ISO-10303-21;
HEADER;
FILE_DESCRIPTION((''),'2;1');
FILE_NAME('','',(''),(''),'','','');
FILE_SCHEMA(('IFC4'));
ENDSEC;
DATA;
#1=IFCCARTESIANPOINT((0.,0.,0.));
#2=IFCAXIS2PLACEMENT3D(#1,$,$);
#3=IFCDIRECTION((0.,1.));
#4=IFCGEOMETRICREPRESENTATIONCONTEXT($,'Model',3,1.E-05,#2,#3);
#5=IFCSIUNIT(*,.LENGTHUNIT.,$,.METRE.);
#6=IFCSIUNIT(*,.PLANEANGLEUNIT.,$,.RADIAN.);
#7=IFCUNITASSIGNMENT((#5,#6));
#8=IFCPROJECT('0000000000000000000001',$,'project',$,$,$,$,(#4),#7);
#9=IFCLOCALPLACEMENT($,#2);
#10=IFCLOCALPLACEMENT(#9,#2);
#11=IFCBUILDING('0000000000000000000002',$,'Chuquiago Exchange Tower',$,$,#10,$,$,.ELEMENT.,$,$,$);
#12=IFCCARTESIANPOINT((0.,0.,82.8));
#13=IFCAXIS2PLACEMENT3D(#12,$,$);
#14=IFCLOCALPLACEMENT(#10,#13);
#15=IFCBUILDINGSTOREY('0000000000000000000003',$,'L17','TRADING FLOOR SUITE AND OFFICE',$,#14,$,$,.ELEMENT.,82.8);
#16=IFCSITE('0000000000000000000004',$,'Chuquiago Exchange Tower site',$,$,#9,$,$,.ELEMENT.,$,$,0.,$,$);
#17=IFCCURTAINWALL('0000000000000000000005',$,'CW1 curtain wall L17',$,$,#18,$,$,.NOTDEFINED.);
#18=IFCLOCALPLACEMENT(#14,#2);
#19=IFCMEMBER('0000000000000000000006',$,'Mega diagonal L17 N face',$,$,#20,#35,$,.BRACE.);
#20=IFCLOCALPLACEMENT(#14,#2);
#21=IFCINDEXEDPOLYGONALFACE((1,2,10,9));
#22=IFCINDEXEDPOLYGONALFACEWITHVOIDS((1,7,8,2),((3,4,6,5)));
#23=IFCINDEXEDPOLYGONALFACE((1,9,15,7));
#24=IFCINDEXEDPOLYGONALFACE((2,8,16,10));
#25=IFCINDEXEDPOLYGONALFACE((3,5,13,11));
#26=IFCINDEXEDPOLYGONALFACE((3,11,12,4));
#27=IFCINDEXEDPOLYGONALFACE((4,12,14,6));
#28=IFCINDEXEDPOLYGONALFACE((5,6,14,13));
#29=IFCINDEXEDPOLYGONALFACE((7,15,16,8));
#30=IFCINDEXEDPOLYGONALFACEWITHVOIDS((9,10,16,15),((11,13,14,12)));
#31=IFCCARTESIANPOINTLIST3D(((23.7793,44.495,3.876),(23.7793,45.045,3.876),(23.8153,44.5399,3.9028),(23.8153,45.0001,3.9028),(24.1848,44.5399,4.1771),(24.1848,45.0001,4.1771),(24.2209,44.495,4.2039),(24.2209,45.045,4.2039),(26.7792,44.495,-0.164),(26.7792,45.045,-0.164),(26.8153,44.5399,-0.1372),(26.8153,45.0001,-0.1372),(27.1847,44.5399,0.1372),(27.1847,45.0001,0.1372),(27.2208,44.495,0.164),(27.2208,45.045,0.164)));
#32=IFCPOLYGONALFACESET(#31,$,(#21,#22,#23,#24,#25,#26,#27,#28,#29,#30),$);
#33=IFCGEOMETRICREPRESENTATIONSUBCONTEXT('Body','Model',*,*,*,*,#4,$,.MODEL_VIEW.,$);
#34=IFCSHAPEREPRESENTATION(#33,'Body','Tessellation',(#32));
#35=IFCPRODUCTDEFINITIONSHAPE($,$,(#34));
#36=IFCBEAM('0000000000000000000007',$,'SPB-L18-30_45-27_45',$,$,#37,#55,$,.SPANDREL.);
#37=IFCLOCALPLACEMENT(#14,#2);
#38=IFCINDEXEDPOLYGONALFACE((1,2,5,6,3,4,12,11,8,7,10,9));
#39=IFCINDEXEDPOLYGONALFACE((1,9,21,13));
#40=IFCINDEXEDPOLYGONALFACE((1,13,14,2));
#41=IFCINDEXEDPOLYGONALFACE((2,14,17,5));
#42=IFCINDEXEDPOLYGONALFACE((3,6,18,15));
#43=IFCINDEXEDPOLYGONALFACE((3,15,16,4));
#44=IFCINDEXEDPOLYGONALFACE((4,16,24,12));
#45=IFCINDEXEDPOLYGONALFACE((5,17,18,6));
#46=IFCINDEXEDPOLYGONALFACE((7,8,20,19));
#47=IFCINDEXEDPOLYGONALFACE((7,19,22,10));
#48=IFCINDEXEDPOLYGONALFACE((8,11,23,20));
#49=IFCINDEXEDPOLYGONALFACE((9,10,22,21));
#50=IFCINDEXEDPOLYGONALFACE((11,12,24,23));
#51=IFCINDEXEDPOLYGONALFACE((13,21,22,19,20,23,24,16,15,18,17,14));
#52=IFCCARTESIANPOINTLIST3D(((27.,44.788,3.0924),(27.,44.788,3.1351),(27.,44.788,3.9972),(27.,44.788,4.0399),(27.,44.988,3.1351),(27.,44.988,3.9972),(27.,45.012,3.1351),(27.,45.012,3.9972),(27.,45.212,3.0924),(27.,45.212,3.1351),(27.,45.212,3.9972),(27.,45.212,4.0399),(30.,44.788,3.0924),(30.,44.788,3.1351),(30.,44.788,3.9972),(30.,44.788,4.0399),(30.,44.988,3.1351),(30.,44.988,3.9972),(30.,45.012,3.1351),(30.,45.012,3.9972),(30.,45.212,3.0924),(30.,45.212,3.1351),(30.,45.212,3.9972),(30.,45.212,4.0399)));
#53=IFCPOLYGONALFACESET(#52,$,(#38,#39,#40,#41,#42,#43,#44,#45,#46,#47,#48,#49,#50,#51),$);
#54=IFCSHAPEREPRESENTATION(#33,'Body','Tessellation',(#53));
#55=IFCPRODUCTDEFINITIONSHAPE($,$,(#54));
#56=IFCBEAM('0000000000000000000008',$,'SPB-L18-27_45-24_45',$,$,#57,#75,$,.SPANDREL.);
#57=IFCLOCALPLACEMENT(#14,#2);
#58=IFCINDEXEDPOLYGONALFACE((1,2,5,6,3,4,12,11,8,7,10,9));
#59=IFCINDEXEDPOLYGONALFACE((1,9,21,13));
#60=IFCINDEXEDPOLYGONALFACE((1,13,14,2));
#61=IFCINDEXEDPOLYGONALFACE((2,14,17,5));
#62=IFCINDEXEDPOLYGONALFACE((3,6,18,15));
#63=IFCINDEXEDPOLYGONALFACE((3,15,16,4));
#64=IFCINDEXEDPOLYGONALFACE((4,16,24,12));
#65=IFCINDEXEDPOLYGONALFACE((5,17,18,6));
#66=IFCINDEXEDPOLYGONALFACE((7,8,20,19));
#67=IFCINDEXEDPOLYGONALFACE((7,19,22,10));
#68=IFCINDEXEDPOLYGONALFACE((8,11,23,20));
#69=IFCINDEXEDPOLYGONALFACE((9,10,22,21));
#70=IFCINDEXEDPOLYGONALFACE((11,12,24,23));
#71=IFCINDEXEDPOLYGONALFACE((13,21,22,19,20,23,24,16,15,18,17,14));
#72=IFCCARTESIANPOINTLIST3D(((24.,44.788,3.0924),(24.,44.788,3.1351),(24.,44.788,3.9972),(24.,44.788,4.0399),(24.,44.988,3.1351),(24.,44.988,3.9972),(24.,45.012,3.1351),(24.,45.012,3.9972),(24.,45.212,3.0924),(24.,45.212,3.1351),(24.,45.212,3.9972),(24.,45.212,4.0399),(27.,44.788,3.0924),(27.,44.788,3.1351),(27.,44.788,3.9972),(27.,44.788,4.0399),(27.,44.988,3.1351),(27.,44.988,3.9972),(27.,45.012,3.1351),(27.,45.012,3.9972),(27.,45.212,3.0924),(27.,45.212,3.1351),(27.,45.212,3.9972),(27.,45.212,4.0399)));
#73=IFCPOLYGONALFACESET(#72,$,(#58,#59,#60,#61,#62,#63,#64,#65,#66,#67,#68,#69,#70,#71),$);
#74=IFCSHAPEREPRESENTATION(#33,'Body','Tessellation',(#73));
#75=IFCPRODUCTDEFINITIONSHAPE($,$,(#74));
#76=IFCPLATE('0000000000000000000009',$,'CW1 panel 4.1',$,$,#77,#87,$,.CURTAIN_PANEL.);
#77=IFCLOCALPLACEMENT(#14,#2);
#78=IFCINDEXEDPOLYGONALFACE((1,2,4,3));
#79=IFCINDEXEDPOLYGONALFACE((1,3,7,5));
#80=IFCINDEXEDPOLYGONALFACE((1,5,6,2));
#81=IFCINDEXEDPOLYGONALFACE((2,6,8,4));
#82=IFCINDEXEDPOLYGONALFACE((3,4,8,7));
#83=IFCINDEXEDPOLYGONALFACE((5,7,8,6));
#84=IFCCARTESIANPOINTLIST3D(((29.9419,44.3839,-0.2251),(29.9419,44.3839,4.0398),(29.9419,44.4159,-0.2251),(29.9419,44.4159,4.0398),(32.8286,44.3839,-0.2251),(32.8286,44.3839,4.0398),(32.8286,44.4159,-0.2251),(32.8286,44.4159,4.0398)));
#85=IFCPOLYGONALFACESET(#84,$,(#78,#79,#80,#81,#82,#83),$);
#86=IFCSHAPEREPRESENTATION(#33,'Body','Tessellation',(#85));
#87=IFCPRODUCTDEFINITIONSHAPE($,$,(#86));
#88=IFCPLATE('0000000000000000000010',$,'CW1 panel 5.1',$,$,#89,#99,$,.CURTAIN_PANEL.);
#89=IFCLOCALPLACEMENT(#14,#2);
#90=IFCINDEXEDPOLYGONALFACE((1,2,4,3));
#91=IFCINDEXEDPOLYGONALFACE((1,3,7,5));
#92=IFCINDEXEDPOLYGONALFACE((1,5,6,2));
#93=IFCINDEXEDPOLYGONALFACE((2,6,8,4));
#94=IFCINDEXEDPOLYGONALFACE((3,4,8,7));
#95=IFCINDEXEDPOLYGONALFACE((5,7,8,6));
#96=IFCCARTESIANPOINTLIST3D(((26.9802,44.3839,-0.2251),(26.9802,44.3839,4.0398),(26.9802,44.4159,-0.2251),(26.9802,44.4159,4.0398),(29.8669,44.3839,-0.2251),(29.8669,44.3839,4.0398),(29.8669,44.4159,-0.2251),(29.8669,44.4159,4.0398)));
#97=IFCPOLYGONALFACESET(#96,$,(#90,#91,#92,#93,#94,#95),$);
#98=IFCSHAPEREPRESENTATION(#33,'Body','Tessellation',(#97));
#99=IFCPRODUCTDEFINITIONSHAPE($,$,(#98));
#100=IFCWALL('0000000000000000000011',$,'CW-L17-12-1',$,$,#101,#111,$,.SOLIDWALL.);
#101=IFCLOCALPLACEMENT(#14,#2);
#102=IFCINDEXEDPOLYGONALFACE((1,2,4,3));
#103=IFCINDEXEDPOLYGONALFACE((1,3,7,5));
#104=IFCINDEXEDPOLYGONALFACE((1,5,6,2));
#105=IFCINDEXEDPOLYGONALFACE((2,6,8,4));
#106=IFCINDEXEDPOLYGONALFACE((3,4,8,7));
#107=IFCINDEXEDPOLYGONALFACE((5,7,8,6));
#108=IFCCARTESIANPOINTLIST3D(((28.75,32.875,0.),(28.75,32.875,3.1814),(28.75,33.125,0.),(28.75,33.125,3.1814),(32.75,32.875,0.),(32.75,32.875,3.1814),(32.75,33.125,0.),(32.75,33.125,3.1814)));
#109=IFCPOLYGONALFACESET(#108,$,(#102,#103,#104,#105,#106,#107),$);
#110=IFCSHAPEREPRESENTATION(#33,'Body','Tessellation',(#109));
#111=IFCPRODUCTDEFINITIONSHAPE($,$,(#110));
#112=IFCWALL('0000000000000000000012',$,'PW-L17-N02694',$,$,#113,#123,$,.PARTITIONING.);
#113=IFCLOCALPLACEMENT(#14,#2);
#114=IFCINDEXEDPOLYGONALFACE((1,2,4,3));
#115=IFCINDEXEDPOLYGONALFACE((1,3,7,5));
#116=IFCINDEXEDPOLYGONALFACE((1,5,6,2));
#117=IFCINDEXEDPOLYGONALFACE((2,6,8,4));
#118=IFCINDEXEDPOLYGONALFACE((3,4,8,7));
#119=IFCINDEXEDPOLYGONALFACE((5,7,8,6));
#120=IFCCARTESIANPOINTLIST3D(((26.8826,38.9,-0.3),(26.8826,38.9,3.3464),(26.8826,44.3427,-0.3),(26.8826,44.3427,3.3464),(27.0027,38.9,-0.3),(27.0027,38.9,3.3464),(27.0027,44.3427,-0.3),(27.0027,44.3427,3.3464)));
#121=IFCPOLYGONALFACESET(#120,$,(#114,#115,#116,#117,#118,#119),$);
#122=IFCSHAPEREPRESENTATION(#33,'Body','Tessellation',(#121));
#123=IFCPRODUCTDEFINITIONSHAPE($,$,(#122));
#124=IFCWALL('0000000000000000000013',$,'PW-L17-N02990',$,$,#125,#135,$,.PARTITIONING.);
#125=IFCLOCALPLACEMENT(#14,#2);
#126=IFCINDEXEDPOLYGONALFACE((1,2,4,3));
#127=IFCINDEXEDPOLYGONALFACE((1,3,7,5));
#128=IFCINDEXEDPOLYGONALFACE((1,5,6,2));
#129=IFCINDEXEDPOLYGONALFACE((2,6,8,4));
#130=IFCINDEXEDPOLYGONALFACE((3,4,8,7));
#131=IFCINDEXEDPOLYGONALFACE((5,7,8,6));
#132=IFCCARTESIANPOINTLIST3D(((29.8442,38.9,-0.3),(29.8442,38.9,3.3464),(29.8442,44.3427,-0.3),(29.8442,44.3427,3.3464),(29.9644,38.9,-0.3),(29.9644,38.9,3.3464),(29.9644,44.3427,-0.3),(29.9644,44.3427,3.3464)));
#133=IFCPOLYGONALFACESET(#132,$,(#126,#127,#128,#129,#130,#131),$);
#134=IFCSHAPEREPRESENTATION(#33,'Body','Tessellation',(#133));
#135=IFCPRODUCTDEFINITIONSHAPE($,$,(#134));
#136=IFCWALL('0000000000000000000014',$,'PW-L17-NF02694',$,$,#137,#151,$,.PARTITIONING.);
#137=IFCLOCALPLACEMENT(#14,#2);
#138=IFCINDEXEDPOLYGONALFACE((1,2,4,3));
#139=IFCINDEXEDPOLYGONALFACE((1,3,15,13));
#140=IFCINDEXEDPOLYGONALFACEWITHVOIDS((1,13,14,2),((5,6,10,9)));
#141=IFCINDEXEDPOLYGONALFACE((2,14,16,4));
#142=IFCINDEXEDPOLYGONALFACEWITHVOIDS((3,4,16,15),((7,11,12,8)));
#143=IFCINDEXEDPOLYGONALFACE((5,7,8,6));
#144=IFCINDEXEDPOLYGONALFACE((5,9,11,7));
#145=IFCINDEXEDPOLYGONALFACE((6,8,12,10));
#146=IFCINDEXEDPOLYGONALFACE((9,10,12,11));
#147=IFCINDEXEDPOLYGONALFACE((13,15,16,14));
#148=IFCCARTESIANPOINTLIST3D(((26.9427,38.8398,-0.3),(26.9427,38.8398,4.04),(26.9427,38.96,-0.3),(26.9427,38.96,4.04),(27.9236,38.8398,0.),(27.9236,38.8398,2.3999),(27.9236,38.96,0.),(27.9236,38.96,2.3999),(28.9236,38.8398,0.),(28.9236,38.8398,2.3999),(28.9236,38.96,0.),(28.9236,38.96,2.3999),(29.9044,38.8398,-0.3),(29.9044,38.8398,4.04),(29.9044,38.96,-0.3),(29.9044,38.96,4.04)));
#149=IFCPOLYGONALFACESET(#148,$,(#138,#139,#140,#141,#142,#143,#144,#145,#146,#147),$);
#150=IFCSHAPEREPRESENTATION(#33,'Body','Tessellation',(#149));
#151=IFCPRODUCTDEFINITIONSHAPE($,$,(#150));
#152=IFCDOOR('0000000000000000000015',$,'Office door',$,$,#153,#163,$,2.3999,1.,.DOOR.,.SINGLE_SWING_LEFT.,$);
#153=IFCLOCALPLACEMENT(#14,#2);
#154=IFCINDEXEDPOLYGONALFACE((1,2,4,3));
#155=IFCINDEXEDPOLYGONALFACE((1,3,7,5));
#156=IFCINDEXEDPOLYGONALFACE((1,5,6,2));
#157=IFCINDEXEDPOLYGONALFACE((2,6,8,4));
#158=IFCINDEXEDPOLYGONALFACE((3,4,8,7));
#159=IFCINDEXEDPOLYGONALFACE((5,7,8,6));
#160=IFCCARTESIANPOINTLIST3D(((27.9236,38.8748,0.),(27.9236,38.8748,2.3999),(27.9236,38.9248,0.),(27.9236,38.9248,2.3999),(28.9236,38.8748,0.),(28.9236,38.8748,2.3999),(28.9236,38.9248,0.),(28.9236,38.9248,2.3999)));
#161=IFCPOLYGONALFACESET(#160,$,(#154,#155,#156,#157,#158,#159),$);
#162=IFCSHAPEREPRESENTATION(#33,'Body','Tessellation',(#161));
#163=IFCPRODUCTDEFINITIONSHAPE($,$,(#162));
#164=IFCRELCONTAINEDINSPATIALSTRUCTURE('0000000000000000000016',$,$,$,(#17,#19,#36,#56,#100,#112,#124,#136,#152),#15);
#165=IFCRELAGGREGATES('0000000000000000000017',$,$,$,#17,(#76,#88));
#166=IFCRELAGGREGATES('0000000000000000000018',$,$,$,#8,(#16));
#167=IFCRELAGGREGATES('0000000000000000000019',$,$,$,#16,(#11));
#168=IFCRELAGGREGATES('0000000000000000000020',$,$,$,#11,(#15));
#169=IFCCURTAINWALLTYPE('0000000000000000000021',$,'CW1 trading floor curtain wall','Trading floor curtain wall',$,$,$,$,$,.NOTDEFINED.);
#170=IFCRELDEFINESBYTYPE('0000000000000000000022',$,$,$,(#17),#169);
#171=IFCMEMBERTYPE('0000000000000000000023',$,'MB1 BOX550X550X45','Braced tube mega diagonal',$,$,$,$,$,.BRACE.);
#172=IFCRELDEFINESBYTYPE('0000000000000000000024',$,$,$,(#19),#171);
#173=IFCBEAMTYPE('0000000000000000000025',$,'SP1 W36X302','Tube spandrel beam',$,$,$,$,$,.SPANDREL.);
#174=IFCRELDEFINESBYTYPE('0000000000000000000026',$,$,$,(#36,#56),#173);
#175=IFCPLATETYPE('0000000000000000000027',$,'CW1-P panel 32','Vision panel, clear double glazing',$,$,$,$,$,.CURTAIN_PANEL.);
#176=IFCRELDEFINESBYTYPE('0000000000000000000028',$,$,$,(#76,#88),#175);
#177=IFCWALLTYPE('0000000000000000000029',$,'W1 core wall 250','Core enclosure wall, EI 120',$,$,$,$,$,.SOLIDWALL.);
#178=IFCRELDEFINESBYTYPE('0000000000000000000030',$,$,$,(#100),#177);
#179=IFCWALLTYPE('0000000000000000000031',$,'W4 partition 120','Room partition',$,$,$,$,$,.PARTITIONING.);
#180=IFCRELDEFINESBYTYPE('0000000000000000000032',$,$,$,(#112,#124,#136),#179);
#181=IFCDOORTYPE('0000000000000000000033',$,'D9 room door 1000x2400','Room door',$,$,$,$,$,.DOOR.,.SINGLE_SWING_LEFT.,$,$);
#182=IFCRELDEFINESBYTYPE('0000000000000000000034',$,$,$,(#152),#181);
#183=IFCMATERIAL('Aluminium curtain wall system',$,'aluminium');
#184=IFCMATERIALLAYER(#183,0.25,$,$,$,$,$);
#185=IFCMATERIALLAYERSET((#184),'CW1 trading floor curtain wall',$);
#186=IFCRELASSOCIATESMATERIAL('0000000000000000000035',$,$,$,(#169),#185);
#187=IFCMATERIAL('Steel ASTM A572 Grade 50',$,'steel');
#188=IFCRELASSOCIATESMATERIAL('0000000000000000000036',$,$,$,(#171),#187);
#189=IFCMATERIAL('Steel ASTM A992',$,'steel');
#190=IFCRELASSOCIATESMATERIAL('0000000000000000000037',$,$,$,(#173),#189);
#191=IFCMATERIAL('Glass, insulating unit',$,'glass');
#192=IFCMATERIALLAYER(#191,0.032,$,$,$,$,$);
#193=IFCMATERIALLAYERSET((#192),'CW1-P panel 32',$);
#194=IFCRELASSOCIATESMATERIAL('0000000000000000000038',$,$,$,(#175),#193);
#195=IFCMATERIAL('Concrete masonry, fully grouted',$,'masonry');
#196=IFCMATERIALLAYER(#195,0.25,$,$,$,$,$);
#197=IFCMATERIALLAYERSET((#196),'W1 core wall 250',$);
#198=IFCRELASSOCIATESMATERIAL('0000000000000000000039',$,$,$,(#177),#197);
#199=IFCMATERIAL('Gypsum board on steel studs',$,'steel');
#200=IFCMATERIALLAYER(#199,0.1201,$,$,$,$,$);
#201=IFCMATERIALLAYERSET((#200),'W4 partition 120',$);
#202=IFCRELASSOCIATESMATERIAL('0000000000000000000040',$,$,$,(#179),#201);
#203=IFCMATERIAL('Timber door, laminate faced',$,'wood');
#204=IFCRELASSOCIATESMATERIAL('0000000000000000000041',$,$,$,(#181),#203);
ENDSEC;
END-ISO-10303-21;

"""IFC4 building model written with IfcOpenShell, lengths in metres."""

from ifc_helpers import new_model, si_unit, direction, frame, frame_2d, origin, origin_2d, place, context, subcontext, project, spatial, rectangle, hollow_rectangle, i_section, extrude, material, layer, layer_set, material_profile, profile_set, type_object, element, fill, aggregate, save


model = new_model("IFC4")

# Units and contexts
model_context = context("Model", 3, precision=1e-05, world=origin(), true_north=direction((0.0, 1.0)))
body_context = subcontext(model_context, "Body", "Model", "MODEL_VIEW")
ifc_project = project(units=[si_unit("LENGTHUNIT", "METRE"), si_unit("PLANEANGLEUNIT", "RADIAN")], contexts=[model_context])

# Site, building, storey
site_placement = place(None, origin())
site = spatial("IfcSite", under=ifc_project, at=site_placement, Name="Chuquiago Exchange Tower site", CompositionType="ELEMENT", RefElevation=0.0)
building_placement = place(site_placement, origin())
building = spatial("IfcBuilding", under=site, at=building_placement, Name="Chuquiago Exchange Tower", CompositionType="ELEMENT")
storey_placement = place(building_placement, frame((0.0, 0.0, 82.8)))
storey = spatial("IfcBuildingStorey", under=building, at=storey_placement, Name="L17", Description="TRADING FLOOR SUITE AND OFFICE", CompositionType="ELEMENT", Elevation=82.8)

# Curtain wall
ifc_material_1 = material(Name="Aluminium curtain wall system", Category="aluminium")
ifc_layer_1 = layer(ifc_material_1, 0.25)
ifc_layer_set_1 = layer_set([ifc_layer_1], Name="CW1 trading floor curtain wall")
curtain_wall_type = type_object("IfcCurtainWallType", Name="CW1 trading floor curtain wall", Description="Trading floor curtain wall", PredefinedType="NOTDEFINED", material=ifc_layer_set_1)
curtain_wall_placement = place(storey_placement, origin())
curtain_wall = element("IfcCurtainWall", 1, at=curtain_wall_placement, inside=storey, type_object=curtain_wall_type, Name="CW1 curtain wall L17", PredefinedType="NOTDEFINED")

# Member
ifc_material_2 = material(Name="Steel ASTM A572 Grade 50", Category="steel")
ifc_material_profile_1 = material_profile(ifc_material_2, hollow_rectangle(XDim=0.55, YDim=0.55, WallThickness=0.0449, at=origin_2d()), Name="BOX550X550X45")
ifc_profile_set_1 = profile_set([ifc_material_profile_1], Name="Steel ASTM A572 Grade 50")
member_type_1 = type_object("IfcMemberType", Name="MB1 BOX550X550X45", Description="Braced tube mega diagonal", PredefinedType="BRACE", material=ifc_profile_set_1)
member_1_placement = place(storey_placement, frame((27.0, 44.77, 0.0), z_axis=(-0.596174, 0.0, 0.802855), x_axis=(0.0, -1.0, 0.0)))
element("IfcMember", 2, at=member_1_placement, inside=storey, type_object=member_type_1, Name="Mega diagonal L17 N face", PredefinedType="BRACE", context=body_context, shape_type="SweptSolid", body=[
    extrude(hollow_rectangle(XDim=0.55, YDim=0.55, WallThickness=0.0449, at=origin_2d()), origin(), (0.0, 0.0, 1.0), 5.032),
])

# Beams
ifc_material_3 = material(Name="Steel ASTM A992", Category="steel")
ifc_material_profile_2 = material_profile(ifc_material_3, i_section(OverallWidth=0.4241, OverallDepth=0.9475, WebThickness=0.0239, FlangeThickness=0.0427, at=origin_2d()), Name="W36X302")
ifc_profile_set_2 = profile_set([ifc_material_profile_2], Name="Steel ASTM A992")
beam_type_1 = type_object("IfcBeamType", Name="SP1 W36X302", Description="Tube spandrel beam", PredefinedType="SPANDREL", material=ifc_profile_set_2)
for number, where, z_axis, x_axis, name in (
    (3, (30.0, 45.0, 3.5662), (-1.0, 0.0, 0.0), (0.0, -1.0, 0.0), "SPB-L18-30_45-27_45"),
    (4, (27.0, 45.0, 3.5662), (-1.0, 0.0, 0.0), (0.0, -1.0, 0.0), "SPB-L18-27_45-24_45"),
):
    element("IfcBeam", number, at=place(storey_placement, frame(where, z_axis=z_axis, x_axis=x_axis)), inside=storey, type_object=beam_type_1, Name=name, PredefinedType="SPANDREL", context=body_context, shape_type="SweptSolid", body=[
        extrude(i_section(OverallWidth=0.4241, OverallDepth=0.9475, WebThickness=0.0239, FlangeThickness=0.0427, at=origin_2d()), origin(), (0.0, 0.0, 1.0), 3.0),
    ])

# Plates
ifc_material_4 = material(Name="Glass, insulating unit", Category="glass")
ifc_layer_2 = layer(ifc_material_4, 0.032)
ifc_layer_set_2 = layer_set([ifc_layer_2], Name="CW1-P panel 32")
plate_type = type_object("IfcPlateType", Name="CW1-P panel 32", Description="Vision panel, clear double glazing", PredefinedType="CURTAIN_PANEL", material=ifc_layer_set_2)
plate_1_placement = place(storey_placement, frame((31.3853, 44.3999, -0.2251), z_axis=(0.0, 0.0, 1.0), x_axis=(-1.0, 0.0, 0.0)))
plate_1 = element("IfcPlate", 5, at=plate_1_placement, type_object=plate_type, Name="CW1 panel 4.1", PredefinedType="CURTAIN_PANEL", context=body_context, shape_type="SweptSolid", body=[
    extrude(rectangle(XDim=2.8867, YDim=0.032, at=origin_2d()), origin(), (0.0, 0.0, 1.0), 4.2649),
])
plate_2_placement = place(storey_placement, frame((28.4236, 44.3999, -0.2251), z_axis=(0.0, 0.0, 1.0), x_axis=(-1.0, 0.0, 0.0)))
plate_2 = element("IfcPlate", 6, at=plate_2_placement, type_object=plate_type, Name="CW1 panel 5.1", PredefinedType="CURTAIN_PANEL", context=body_context, shape_type="SweptSolid", body=[
    extrude(rectangle(XDim=2.8867, YDim=0.032, at=origin_2d()), origin(), (0.0, 0.0, 1.0), 4.2649),
])
aggregate(curtain_wall, [plate_1, plate_2])

# Walls
ifc_material_5 = material(Name="Concrete masonry, fully grouted", Category="masonry")
ifc_layer_3 = layer(ifc_material_5, 0.25)
ifc_layer_set_3 = layer_set([ifc_layer_3], Name="W1 core wall 250")
wall_type_1 = type_object("IfcWallType", Name="W1 core wall 250", Description="Core enclosure wall, EI 120", PredefinedType="SOLIDWALL", material=ifc_layer_set_3)
wall_1_placement = place(storey_placement, frame((28.75, 33.0, 0.0), z_axis=(0.0, 0.0, 1.0), x_axis=(1.0, 0.0, 0.0)))
element("IfcWall", 7, at=wall_1_placement, inside=storey, type_object=wall_type_1, Name="CW-L17-12-1", PredefinedType="SOLIDWALL", context=body_context, shape_type="SweptSolid", body=[
    extrude(rectangle(XDim=4.0, YDim=0.25, at=frame_2d((2.0, 0.0))), origin(), (0.0, 0.0, 1.0), 3.1814),
])
ifc_material_6 = material(Name="Gypsum board on steel studs", Category="steel")
ifc_layer_4 = layer(ifc_material_6, 0.1201)
ifc_layer_set_4 = layer_set([ifc_layer_4], Name="W4 partition 120")
wall_type_2 = type_object("IfcWallType", Name="W4 partition 120", Description="Room partition", PredefinedType="PARTITIONING", material=ifc_layer_set_4)
for number, where, z_axis, x_axis, name in (
    (8, (26.9426, 44.3425, -0.3), (0.0, 0.0, 1.0), (0.0, -1.0, 0.0), "PW-L17-N02694"),
    (9, (29.9043, 44.3425, -0.3), (0.0, 0.0, 1.0), (0.0, -1.0, 0.0), "PW-L17-N02990"),
):
    element("IfcWall", number, at=place(storey_placement, frame(where, z_axis=z_axis, x_axis=x_axis)), inside=storey, type_object=wall_type_2, Name=name, PredefinedType="PARTITIONING", context=body_context, shape_type="SweptSolid", body=[
        extrude(rectangle(XDim=5.4426, YDim=0.1201, at=frame_2d((2.7212, 0.0))), origin(), (0.0, 0.0, 1.0), 3.6465),
    ])

# Wall, opening, door
wall_2_placement = place(storey_placement, frame((26.9426, 38.8999, -0.3), z_axis=(0.0, 0.0, 1.0), x_axis=(1.0, 0.0, 0.0)))
wall_2 = element("IfcWall", 10, at=wall_2_placement, inside=storey, type_object=wall_type_2, Name="PW-L17-NF02694", PredefinedType="PARTITIONING", context=body_context, shape_type="SweptSolid", body=[
    extrude(rectangle(XDim=2.9617, YDim=0.1201, at=frame_2d((1.481, 0.0))), origin(), (0.0, 0.0, 1.0), 4.3401),
])
opening_1_placement = place(wall_2_placement, frame((0.981, 0.0, 0.3)))
opening_1 = element("IfcOpeningElement", 11, at=opening_1_placement, cuts=wall_2, PredefinedType="OPENING", context=body_context, shape_type="SweptSolid", body=[
    extrude(rectangle(XDim=1.0, YDim=2.3999, at=frame_2d((0.5, 1.2))), frame((0.0, 0.0701, 0.0), z_axis=(0.0, -1.0, 0.0), x_axis=(1.0, 0.0, 0.0)), (0.0, 0.0, 1.0), 0.1401),
])
ifc_material_7 = material(Name="Timber door, laminate faced", Category="wood")
door_type_1 = type_object("IfcDoorType", Name="D9 room door 1000x2400", Description="Room door", OperationType="SINGLE_SWING_LEFT", PredefinedType="DOOR", material=ifc_material_7)
door_1_placement = place(opening_1_placement, origin())
door_1 = element("IfcDoor", 12, at=door_1_placement, inside=storey, type_object=door_type_1, Name="Office door", OperationType="SINGLE_SWING_LEFT", OverallHeight=2.3999, OverallWidth=1.0, PredefinedType="DOOR", context=body_context, shape_type="SweptSolid", body=[
    extrude(rectangle(XDim=1.0, YDim=2.3999, at=frame_2d((0.5, 1.2))), frame((0.0, 0.0249, 0.0), z_axis=(0.0, -1.0, 0.0), x_axis=(1.0, 0.0, 0.0)), (0.0, 0.0, 1.0), 0.05),
])
fill(opening_1, door_1)

save(model, "model.ifc")
